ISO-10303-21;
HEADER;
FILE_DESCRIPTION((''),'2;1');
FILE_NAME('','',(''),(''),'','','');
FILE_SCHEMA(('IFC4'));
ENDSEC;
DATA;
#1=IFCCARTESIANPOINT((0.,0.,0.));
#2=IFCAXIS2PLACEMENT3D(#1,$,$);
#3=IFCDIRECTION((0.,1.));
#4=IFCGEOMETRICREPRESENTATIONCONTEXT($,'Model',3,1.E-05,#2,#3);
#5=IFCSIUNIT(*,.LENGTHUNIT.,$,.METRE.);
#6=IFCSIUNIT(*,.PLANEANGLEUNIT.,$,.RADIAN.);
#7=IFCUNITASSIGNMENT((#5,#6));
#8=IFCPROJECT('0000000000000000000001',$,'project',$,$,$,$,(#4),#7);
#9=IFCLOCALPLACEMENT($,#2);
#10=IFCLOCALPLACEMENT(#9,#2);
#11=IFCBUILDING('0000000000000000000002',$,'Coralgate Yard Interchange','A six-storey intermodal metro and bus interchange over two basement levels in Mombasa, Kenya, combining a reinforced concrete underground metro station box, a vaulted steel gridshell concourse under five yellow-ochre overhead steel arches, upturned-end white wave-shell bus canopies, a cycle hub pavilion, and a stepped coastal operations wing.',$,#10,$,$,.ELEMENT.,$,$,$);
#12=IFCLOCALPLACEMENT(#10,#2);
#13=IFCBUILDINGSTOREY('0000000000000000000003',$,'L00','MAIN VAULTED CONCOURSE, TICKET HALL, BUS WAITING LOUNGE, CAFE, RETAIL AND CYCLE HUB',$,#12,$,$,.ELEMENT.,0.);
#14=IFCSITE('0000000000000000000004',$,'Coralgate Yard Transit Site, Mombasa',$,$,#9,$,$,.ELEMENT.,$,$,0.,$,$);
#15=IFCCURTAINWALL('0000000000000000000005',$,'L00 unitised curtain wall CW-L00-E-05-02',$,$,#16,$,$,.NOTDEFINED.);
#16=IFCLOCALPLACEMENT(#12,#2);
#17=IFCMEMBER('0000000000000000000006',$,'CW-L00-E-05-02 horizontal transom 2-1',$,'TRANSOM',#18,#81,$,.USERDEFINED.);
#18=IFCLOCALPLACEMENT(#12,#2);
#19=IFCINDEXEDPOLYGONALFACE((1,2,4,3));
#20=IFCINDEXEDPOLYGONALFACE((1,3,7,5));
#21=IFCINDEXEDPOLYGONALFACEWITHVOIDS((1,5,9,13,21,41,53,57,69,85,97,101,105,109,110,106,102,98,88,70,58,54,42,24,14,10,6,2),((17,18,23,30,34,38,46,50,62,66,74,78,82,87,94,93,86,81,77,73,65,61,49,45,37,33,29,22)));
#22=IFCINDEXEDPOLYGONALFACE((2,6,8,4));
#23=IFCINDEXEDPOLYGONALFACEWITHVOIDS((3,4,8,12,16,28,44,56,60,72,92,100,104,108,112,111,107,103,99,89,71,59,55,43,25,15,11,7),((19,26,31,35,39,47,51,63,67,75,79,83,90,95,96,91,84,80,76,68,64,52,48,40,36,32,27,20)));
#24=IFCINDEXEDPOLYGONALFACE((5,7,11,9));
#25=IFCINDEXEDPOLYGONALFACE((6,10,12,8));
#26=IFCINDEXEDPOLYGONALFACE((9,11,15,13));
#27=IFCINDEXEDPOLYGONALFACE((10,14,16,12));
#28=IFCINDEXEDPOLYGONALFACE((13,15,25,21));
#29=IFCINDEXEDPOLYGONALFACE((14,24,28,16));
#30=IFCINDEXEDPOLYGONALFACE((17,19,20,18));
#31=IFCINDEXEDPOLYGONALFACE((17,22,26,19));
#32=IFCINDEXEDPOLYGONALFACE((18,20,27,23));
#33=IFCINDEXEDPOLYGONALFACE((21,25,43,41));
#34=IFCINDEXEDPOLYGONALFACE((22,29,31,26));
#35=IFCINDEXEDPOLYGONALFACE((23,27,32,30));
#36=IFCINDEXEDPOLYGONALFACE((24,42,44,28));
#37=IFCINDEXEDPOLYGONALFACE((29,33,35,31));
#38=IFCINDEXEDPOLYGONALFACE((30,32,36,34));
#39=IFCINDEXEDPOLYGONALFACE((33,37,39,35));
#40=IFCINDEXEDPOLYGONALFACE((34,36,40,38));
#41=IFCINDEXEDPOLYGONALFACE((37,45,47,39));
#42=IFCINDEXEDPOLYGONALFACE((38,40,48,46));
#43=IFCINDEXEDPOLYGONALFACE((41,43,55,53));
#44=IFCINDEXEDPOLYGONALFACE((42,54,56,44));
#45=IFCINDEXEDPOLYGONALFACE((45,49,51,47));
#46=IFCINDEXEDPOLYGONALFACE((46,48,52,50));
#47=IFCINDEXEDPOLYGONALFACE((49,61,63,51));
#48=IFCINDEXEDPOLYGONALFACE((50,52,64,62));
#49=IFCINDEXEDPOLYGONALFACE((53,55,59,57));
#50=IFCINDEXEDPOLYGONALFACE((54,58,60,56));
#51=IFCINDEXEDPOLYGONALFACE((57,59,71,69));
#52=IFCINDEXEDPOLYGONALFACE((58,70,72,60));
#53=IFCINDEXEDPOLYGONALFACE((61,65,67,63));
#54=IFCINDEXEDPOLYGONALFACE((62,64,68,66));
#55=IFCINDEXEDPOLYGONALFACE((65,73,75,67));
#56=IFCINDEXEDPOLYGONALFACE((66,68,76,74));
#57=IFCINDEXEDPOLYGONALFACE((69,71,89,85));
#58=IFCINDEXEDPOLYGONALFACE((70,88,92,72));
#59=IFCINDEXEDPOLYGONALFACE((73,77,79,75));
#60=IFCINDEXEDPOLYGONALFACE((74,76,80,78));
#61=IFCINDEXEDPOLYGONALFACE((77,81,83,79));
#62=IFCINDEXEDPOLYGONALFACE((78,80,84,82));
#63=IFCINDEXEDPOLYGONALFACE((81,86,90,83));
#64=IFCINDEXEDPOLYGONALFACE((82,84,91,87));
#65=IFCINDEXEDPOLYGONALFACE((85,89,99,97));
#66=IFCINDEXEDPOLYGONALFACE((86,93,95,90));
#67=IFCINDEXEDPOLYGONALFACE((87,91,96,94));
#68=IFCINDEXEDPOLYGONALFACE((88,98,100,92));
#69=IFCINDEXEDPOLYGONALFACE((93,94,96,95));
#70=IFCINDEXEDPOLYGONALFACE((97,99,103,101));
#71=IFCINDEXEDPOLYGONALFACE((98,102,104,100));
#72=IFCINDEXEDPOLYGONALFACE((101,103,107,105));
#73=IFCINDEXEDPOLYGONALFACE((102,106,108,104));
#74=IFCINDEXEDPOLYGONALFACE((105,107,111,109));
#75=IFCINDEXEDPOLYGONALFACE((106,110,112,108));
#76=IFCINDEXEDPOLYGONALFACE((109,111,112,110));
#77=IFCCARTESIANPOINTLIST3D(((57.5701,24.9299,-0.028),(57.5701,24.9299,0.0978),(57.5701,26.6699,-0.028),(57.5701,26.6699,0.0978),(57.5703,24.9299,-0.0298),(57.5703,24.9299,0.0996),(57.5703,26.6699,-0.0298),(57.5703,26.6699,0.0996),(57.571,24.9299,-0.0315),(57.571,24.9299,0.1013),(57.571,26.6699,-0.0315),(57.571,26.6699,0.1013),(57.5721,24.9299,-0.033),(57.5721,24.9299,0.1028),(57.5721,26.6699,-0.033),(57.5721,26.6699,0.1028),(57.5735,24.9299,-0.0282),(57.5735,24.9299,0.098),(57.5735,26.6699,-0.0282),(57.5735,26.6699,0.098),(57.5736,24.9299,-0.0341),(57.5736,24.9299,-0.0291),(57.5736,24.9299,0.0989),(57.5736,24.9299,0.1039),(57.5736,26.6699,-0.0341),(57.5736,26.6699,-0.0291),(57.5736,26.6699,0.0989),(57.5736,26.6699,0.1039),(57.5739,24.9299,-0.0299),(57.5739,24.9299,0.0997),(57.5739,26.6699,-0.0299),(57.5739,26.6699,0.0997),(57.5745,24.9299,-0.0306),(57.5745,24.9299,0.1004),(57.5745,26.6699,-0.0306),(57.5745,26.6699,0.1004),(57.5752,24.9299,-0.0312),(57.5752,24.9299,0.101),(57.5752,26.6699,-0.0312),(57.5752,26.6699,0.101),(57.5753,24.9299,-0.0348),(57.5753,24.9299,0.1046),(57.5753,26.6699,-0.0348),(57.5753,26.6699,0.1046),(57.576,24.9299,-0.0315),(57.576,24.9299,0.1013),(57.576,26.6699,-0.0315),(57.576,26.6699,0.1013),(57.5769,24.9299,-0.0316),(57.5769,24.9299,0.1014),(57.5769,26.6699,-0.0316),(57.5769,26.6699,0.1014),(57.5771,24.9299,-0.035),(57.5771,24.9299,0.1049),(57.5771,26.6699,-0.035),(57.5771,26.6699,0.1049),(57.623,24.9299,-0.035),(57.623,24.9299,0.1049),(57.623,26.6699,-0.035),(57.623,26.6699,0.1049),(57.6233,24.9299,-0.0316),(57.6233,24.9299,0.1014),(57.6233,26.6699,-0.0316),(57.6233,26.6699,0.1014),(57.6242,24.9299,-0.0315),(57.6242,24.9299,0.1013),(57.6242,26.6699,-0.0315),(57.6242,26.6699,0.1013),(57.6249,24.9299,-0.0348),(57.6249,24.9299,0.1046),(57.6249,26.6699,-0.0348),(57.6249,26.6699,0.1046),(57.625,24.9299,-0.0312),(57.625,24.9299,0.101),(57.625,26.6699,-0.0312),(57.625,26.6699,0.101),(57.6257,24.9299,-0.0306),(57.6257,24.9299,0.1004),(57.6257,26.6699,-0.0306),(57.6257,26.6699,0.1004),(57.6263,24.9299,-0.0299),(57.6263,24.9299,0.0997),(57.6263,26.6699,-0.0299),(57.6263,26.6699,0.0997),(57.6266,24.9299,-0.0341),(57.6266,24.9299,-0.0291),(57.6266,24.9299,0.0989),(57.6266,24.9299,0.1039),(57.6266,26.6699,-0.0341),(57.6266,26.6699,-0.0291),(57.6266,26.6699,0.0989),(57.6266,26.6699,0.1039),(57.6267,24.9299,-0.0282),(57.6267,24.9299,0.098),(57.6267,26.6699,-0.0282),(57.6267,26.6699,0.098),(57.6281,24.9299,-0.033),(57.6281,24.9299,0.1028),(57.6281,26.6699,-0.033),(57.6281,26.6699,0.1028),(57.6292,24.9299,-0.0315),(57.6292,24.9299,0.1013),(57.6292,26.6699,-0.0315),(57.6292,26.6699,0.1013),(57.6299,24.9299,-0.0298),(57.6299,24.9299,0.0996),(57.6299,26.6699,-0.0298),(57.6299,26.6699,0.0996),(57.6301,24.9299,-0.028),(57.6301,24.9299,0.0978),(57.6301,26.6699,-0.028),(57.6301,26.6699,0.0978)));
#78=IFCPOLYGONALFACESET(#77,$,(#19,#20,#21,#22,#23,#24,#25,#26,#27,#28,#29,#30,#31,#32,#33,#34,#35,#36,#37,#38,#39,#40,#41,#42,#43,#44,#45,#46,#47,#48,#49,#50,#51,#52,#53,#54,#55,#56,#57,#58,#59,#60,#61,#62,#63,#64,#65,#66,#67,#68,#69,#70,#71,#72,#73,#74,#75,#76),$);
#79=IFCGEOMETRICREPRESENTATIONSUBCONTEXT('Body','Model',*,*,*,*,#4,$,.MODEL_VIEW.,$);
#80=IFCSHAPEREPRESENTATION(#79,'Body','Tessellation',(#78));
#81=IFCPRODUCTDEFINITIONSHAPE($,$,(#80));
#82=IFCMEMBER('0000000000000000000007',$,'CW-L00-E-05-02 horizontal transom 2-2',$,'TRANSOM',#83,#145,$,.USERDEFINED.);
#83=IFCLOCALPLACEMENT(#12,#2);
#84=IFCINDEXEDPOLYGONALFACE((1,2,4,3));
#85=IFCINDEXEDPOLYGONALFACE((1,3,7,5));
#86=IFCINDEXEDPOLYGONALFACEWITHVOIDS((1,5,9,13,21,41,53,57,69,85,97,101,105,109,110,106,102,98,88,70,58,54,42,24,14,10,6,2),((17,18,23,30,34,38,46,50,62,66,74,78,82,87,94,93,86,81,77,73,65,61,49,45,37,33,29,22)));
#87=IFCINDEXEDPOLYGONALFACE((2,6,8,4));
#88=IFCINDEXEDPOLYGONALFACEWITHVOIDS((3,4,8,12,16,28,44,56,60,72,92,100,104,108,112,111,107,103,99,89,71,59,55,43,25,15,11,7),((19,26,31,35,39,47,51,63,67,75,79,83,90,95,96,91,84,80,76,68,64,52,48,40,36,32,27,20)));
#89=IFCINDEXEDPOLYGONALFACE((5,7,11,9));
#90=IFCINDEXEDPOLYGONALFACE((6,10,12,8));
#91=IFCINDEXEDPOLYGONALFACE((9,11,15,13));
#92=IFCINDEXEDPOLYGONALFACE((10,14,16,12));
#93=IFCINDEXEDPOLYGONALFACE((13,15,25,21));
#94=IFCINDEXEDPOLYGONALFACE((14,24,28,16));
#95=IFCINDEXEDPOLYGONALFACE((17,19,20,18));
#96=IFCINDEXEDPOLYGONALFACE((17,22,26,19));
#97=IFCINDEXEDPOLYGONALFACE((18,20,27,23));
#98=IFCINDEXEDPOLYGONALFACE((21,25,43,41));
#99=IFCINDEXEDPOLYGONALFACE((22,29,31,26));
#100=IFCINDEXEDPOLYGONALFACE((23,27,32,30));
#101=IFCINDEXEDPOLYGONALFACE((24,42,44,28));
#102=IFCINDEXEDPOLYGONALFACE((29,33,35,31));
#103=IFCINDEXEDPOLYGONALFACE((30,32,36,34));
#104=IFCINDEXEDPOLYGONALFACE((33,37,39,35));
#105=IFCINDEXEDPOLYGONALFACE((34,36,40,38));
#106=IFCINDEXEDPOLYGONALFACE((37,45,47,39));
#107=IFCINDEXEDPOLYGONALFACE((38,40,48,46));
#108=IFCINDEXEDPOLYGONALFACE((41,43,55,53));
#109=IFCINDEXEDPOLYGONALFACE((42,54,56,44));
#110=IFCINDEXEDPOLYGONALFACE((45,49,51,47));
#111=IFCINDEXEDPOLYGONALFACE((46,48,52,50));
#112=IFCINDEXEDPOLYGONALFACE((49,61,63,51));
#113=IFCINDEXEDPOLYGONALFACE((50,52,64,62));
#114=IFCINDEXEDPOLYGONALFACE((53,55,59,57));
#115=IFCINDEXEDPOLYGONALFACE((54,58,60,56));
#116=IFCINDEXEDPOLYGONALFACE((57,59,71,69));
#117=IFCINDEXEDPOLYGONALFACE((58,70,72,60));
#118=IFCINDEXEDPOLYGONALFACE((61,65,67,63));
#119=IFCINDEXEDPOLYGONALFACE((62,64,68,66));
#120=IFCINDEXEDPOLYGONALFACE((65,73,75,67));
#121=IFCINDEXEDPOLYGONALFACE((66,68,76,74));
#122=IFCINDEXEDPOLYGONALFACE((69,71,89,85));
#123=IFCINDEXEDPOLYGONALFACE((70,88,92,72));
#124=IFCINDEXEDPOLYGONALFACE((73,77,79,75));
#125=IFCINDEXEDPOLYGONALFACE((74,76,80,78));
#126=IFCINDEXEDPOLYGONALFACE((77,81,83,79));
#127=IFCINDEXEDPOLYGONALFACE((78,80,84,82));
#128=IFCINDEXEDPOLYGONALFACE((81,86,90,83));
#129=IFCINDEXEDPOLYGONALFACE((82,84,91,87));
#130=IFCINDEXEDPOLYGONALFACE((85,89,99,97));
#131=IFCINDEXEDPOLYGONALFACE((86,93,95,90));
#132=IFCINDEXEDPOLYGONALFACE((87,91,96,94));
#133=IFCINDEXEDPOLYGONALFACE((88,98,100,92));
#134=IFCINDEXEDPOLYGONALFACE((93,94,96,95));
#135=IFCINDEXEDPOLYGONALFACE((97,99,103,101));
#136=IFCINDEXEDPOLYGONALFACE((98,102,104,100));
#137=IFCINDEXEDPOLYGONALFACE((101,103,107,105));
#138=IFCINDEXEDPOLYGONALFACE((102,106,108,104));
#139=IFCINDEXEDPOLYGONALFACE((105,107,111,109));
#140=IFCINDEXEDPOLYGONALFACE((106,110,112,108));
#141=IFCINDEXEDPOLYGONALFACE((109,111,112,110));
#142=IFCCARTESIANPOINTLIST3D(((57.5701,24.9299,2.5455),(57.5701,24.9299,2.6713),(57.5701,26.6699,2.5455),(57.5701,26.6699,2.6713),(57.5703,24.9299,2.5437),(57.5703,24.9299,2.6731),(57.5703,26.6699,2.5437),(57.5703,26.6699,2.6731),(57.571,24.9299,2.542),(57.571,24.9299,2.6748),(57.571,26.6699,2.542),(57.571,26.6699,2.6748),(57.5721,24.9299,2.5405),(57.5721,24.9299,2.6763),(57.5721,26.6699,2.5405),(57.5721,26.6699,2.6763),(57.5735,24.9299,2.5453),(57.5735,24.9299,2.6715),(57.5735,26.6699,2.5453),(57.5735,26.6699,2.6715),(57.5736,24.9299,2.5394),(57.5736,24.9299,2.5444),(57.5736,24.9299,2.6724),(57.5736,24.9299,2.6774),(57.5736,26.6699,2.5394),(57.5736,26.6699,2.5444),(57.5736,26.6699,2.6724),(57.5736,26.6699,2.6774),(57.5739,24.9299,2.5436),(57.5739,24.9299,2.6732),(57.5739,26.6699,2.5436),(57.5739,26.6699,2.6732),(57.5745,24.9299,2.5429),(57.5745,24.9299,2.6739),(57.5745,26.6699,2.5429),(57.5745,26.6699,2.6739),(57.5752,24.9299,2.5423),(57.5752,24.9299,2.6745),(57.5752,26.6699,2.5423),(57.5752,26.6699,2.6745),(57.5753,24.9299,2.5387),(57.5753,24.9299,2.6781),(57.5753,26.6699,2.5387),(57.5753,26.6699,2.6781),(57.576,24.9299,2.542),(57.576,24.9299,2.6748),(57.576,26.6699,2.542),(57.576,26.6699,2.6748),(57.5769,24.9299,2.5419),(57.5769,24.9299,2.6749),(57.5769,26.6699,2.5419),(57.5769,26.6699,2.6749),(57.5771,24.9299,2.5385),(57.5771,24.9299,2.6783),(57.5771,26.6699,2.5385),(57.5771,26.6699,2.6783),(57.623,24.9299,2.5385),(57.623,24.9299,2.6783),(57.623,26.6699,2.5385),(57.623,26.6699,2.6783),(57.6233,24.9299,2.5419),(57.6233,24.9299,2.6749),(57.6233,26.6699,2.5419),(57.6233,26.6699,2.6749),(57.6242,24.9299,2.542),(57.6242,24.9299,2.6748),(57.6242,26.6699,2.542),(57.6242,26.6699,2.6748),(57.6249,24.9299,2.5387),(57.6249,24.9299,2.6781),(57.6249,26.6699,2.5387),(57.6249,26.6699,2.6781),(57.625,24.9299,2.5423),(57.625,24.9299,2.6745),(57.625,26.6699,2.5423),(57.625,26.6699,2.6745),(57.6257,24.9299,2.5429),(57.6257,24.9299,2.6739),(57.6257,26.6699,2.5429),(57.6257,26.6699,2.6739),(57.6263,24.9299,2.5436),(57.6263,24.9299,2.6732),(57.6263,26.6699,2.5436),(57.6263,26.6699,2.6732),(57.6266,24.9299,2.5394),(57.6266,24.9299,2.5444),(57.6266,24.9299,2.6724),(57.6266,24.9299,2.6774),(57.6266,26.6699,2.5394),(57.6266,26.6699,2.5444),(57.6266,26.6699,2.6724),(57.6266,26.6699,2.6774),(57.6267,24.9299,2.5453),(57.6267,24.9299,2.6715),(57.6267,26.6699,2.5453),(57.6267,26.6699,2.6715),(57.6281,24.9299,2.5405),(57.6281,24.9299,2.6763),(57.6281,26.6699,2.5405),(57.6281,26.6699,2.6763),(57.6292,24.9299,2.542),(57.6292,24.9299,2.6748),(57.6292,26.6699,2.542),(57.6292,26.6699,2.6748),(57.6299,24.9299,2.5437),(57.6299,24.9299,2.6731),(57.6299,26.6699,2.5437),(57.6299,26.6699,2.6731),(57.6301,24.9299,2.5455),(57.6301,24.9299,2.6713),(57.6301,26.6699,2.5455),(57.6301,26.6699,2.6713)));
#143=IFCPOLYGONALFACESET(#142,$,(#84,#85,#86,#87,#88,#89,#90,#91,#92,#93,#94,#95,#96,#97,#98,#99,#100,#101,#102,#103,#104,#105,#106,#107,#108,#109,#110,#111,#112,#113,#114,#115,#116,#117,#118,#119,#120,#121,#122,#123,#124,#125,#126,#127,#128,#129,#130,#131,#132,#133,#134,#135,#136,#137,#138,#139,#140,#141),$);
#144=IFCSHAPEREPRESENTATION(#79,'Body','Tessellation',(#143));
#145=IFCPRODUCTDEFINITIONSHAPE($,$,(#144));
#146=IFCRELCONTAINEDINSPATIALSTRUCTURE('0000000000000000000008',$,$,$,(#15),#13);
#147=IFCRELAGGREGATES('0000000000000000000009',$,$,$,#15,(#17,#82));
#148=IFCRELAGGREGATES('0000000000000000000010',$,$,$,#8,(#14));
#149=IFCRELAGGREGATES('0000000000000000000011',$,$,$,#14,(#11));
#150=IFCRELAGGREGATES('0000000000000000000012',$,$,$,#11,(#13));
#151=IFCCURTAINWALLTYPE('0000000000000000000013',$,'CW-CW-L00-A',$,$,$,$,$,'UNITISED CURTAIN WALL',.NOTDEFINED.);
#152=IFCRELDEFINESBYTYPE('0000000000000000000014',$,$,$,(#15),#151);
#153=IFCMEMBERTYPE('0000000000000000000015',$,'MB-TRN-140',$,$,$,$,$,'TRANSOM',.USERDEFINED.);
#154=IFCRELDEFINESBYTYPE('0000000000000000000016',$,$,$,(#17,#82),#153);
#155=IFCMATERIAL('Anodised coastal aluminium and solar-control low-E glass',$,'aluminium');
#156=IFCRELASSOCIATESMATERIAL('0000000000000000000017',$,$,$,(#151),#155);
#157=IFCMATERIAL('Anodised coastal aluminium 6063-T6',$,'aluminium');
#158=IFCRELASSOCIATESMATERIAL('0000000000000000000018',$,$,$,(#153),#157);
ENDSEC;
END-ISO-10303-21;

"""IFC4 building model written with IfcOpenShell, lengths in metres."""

from ifc_helpers import new_model, si_unit, direction, frame, origin, origin_2d, place, context, subcontext, project, spatial, hollow_rectangle, extrude, material, material_profile, profile_set, type_object, element, aggregate, save


model = new_model("IFC4")

# Units and contexts
model_context = context("Model", 3, precision=1e-05, world=origin(), true_north=direction((0.0, 1.0)))
body_context = subcontext(model_context, "Body", "Model", "MODEL_VIEW")
ifc_project = project(units=[si_unit("LENGTHUNIT", "METRE"), si_unit("PLANEANGLEUNIT", "RADIAN")], contexts=[model_context])

# Site, building, storey
site_placement = place(None, origin())
site = spatial("IfcSite", under=ifc_project, at=site_placement, Name="Coralgate Yard Transit Site, Mombasa", CompositionType="ELEMENT", RefElevation=0.0)
building_placement = place(site_placement, origin())
building = spatial("IfcBuilding", under=site, at=building_placement, Name="Coralgate Yard Interchange", Description="A six-storey intermodal metro and bus interchange over two basement levels in Mombasa, Kenya, combining a reinforced concrete underground metro station box, a vaulted steel gridshell concourse under five yellow-ochre overhead steel arches, upturned-end white wave-shell bus canopies, a cycle hub pavilion, and a stepped coastal operations wing.", CompositionType="ELEMENT")
storey_placement = place(building_placement, origin())
storey = spatial("IfcBuildingStorey", under=building, at=storey_placement, Name="L00", Description="MAIN VAULTED CONCOURSE, TICKET HALL, BUS WAITING LOUNGE, CAFE, RETAIL AND CYCLE HUB", CompositionType="ELEMENT", Elevation=0.0)

# Shared definitions
ifc_material_1 = material(Name="Anodised coastal aluminium and solar-control low-E glass", Category="aluminium")
ifc_material_2 = material(Name="Anodised coastal aluminium 6063-T6", Category="aluminium")

# Curtain wall
curtain_wall_type_1 = type_object("IfcCurtainWallType", Name="CW-CW-L00-A", ElementType="UNITISED CURTAIN WALL", PredefinedType="NOTDEFINED", material=ifc_material_1)
curtain_wall_1_placement = place(storey_placement, origin())
curtain_wall_1 = element("IfcCurtainWall", 1, at=curtain_wall_1_placement, inside=storey, type_object=curtain_wall_type_1, Name="L00 unitised curtain wall CW-L00-E-05-02", PredefinedType="NOTDEFINED")

# Members
ifc_material_profile_1 = material_profile(ifc_material_2, hollow_rectangle(XDim=0.0601, YDim=0.1399, WallThickness=0.0034, InnerFilletRadius=0.0034, OuterFilletRadius=0.0071, at=origin_2d()), Name="ALU 60x140x3.5")
ifc_profile_set_1 = profile_set([ifc_material_profile_1], Name="Anodised coastal aluminium 6063-T6")
member_type_1 = type_object("IfcMemberType", Name="MB-TRN-140", ElementType="TRANSOM", PredefinedType="USERDEFINED", material=ifc_profile_set_1)
member_1_placement = place(storey_placement, frame((57.6001, 26.6699, 0.0349), z_axis=(0.0, -1.0, 0.0), x_axis=(1.0, 0.0, 0.0)))
member_1 = element("IfcMember", 2, at=member_1_placement, type_object=member_type_1, Name="CW-L00-E-05-02 horizontal transom 2-1", ObjectType="TRANSOM", PredefinedType="USERDEFINED", context=body_context, shape_type="SweptSolid", body=[
    extrude(hollow_rectangle(XDim=0.0601, YDim=0.1399, WallThickness=0.0034, InnerFilletRadius=0.0034, OuterFilletRadius=0.0071, at=origin_2d()), origin(), (0.0, 0.0, 1.0), 1.74),
])
member_2_placement = place(storey_placement, frame((57.6001, 26.6699, 2.6084), z_axis=(0.0, -1.0, 0.0), x_axis=(1.0, 0.0, 0.0)))
member_2 = element("IfcMember", 3, at=member_2_placement, type_object=member_type_1, Name="CW-L00-E-05-02 horizontal transom 2-2", ObjectType="TRANSOM", PredefinedType="USERDEFINED", context=body_context, shape_type="SweptSolid", body=[
    extrude(hollow_rectangle(XDim=0.0601, YDim=0.1399, WallThickness=0.0034, InnerFilletRadius=0.0034, OuterFilletRadius=0.0071, at=origin_2d()), origin(), (0.0, 0.0, 1.0), 1.74),
])

aggregate(curtain_wall_1, [member_1, member_2])

save(model, "model.ifc")
